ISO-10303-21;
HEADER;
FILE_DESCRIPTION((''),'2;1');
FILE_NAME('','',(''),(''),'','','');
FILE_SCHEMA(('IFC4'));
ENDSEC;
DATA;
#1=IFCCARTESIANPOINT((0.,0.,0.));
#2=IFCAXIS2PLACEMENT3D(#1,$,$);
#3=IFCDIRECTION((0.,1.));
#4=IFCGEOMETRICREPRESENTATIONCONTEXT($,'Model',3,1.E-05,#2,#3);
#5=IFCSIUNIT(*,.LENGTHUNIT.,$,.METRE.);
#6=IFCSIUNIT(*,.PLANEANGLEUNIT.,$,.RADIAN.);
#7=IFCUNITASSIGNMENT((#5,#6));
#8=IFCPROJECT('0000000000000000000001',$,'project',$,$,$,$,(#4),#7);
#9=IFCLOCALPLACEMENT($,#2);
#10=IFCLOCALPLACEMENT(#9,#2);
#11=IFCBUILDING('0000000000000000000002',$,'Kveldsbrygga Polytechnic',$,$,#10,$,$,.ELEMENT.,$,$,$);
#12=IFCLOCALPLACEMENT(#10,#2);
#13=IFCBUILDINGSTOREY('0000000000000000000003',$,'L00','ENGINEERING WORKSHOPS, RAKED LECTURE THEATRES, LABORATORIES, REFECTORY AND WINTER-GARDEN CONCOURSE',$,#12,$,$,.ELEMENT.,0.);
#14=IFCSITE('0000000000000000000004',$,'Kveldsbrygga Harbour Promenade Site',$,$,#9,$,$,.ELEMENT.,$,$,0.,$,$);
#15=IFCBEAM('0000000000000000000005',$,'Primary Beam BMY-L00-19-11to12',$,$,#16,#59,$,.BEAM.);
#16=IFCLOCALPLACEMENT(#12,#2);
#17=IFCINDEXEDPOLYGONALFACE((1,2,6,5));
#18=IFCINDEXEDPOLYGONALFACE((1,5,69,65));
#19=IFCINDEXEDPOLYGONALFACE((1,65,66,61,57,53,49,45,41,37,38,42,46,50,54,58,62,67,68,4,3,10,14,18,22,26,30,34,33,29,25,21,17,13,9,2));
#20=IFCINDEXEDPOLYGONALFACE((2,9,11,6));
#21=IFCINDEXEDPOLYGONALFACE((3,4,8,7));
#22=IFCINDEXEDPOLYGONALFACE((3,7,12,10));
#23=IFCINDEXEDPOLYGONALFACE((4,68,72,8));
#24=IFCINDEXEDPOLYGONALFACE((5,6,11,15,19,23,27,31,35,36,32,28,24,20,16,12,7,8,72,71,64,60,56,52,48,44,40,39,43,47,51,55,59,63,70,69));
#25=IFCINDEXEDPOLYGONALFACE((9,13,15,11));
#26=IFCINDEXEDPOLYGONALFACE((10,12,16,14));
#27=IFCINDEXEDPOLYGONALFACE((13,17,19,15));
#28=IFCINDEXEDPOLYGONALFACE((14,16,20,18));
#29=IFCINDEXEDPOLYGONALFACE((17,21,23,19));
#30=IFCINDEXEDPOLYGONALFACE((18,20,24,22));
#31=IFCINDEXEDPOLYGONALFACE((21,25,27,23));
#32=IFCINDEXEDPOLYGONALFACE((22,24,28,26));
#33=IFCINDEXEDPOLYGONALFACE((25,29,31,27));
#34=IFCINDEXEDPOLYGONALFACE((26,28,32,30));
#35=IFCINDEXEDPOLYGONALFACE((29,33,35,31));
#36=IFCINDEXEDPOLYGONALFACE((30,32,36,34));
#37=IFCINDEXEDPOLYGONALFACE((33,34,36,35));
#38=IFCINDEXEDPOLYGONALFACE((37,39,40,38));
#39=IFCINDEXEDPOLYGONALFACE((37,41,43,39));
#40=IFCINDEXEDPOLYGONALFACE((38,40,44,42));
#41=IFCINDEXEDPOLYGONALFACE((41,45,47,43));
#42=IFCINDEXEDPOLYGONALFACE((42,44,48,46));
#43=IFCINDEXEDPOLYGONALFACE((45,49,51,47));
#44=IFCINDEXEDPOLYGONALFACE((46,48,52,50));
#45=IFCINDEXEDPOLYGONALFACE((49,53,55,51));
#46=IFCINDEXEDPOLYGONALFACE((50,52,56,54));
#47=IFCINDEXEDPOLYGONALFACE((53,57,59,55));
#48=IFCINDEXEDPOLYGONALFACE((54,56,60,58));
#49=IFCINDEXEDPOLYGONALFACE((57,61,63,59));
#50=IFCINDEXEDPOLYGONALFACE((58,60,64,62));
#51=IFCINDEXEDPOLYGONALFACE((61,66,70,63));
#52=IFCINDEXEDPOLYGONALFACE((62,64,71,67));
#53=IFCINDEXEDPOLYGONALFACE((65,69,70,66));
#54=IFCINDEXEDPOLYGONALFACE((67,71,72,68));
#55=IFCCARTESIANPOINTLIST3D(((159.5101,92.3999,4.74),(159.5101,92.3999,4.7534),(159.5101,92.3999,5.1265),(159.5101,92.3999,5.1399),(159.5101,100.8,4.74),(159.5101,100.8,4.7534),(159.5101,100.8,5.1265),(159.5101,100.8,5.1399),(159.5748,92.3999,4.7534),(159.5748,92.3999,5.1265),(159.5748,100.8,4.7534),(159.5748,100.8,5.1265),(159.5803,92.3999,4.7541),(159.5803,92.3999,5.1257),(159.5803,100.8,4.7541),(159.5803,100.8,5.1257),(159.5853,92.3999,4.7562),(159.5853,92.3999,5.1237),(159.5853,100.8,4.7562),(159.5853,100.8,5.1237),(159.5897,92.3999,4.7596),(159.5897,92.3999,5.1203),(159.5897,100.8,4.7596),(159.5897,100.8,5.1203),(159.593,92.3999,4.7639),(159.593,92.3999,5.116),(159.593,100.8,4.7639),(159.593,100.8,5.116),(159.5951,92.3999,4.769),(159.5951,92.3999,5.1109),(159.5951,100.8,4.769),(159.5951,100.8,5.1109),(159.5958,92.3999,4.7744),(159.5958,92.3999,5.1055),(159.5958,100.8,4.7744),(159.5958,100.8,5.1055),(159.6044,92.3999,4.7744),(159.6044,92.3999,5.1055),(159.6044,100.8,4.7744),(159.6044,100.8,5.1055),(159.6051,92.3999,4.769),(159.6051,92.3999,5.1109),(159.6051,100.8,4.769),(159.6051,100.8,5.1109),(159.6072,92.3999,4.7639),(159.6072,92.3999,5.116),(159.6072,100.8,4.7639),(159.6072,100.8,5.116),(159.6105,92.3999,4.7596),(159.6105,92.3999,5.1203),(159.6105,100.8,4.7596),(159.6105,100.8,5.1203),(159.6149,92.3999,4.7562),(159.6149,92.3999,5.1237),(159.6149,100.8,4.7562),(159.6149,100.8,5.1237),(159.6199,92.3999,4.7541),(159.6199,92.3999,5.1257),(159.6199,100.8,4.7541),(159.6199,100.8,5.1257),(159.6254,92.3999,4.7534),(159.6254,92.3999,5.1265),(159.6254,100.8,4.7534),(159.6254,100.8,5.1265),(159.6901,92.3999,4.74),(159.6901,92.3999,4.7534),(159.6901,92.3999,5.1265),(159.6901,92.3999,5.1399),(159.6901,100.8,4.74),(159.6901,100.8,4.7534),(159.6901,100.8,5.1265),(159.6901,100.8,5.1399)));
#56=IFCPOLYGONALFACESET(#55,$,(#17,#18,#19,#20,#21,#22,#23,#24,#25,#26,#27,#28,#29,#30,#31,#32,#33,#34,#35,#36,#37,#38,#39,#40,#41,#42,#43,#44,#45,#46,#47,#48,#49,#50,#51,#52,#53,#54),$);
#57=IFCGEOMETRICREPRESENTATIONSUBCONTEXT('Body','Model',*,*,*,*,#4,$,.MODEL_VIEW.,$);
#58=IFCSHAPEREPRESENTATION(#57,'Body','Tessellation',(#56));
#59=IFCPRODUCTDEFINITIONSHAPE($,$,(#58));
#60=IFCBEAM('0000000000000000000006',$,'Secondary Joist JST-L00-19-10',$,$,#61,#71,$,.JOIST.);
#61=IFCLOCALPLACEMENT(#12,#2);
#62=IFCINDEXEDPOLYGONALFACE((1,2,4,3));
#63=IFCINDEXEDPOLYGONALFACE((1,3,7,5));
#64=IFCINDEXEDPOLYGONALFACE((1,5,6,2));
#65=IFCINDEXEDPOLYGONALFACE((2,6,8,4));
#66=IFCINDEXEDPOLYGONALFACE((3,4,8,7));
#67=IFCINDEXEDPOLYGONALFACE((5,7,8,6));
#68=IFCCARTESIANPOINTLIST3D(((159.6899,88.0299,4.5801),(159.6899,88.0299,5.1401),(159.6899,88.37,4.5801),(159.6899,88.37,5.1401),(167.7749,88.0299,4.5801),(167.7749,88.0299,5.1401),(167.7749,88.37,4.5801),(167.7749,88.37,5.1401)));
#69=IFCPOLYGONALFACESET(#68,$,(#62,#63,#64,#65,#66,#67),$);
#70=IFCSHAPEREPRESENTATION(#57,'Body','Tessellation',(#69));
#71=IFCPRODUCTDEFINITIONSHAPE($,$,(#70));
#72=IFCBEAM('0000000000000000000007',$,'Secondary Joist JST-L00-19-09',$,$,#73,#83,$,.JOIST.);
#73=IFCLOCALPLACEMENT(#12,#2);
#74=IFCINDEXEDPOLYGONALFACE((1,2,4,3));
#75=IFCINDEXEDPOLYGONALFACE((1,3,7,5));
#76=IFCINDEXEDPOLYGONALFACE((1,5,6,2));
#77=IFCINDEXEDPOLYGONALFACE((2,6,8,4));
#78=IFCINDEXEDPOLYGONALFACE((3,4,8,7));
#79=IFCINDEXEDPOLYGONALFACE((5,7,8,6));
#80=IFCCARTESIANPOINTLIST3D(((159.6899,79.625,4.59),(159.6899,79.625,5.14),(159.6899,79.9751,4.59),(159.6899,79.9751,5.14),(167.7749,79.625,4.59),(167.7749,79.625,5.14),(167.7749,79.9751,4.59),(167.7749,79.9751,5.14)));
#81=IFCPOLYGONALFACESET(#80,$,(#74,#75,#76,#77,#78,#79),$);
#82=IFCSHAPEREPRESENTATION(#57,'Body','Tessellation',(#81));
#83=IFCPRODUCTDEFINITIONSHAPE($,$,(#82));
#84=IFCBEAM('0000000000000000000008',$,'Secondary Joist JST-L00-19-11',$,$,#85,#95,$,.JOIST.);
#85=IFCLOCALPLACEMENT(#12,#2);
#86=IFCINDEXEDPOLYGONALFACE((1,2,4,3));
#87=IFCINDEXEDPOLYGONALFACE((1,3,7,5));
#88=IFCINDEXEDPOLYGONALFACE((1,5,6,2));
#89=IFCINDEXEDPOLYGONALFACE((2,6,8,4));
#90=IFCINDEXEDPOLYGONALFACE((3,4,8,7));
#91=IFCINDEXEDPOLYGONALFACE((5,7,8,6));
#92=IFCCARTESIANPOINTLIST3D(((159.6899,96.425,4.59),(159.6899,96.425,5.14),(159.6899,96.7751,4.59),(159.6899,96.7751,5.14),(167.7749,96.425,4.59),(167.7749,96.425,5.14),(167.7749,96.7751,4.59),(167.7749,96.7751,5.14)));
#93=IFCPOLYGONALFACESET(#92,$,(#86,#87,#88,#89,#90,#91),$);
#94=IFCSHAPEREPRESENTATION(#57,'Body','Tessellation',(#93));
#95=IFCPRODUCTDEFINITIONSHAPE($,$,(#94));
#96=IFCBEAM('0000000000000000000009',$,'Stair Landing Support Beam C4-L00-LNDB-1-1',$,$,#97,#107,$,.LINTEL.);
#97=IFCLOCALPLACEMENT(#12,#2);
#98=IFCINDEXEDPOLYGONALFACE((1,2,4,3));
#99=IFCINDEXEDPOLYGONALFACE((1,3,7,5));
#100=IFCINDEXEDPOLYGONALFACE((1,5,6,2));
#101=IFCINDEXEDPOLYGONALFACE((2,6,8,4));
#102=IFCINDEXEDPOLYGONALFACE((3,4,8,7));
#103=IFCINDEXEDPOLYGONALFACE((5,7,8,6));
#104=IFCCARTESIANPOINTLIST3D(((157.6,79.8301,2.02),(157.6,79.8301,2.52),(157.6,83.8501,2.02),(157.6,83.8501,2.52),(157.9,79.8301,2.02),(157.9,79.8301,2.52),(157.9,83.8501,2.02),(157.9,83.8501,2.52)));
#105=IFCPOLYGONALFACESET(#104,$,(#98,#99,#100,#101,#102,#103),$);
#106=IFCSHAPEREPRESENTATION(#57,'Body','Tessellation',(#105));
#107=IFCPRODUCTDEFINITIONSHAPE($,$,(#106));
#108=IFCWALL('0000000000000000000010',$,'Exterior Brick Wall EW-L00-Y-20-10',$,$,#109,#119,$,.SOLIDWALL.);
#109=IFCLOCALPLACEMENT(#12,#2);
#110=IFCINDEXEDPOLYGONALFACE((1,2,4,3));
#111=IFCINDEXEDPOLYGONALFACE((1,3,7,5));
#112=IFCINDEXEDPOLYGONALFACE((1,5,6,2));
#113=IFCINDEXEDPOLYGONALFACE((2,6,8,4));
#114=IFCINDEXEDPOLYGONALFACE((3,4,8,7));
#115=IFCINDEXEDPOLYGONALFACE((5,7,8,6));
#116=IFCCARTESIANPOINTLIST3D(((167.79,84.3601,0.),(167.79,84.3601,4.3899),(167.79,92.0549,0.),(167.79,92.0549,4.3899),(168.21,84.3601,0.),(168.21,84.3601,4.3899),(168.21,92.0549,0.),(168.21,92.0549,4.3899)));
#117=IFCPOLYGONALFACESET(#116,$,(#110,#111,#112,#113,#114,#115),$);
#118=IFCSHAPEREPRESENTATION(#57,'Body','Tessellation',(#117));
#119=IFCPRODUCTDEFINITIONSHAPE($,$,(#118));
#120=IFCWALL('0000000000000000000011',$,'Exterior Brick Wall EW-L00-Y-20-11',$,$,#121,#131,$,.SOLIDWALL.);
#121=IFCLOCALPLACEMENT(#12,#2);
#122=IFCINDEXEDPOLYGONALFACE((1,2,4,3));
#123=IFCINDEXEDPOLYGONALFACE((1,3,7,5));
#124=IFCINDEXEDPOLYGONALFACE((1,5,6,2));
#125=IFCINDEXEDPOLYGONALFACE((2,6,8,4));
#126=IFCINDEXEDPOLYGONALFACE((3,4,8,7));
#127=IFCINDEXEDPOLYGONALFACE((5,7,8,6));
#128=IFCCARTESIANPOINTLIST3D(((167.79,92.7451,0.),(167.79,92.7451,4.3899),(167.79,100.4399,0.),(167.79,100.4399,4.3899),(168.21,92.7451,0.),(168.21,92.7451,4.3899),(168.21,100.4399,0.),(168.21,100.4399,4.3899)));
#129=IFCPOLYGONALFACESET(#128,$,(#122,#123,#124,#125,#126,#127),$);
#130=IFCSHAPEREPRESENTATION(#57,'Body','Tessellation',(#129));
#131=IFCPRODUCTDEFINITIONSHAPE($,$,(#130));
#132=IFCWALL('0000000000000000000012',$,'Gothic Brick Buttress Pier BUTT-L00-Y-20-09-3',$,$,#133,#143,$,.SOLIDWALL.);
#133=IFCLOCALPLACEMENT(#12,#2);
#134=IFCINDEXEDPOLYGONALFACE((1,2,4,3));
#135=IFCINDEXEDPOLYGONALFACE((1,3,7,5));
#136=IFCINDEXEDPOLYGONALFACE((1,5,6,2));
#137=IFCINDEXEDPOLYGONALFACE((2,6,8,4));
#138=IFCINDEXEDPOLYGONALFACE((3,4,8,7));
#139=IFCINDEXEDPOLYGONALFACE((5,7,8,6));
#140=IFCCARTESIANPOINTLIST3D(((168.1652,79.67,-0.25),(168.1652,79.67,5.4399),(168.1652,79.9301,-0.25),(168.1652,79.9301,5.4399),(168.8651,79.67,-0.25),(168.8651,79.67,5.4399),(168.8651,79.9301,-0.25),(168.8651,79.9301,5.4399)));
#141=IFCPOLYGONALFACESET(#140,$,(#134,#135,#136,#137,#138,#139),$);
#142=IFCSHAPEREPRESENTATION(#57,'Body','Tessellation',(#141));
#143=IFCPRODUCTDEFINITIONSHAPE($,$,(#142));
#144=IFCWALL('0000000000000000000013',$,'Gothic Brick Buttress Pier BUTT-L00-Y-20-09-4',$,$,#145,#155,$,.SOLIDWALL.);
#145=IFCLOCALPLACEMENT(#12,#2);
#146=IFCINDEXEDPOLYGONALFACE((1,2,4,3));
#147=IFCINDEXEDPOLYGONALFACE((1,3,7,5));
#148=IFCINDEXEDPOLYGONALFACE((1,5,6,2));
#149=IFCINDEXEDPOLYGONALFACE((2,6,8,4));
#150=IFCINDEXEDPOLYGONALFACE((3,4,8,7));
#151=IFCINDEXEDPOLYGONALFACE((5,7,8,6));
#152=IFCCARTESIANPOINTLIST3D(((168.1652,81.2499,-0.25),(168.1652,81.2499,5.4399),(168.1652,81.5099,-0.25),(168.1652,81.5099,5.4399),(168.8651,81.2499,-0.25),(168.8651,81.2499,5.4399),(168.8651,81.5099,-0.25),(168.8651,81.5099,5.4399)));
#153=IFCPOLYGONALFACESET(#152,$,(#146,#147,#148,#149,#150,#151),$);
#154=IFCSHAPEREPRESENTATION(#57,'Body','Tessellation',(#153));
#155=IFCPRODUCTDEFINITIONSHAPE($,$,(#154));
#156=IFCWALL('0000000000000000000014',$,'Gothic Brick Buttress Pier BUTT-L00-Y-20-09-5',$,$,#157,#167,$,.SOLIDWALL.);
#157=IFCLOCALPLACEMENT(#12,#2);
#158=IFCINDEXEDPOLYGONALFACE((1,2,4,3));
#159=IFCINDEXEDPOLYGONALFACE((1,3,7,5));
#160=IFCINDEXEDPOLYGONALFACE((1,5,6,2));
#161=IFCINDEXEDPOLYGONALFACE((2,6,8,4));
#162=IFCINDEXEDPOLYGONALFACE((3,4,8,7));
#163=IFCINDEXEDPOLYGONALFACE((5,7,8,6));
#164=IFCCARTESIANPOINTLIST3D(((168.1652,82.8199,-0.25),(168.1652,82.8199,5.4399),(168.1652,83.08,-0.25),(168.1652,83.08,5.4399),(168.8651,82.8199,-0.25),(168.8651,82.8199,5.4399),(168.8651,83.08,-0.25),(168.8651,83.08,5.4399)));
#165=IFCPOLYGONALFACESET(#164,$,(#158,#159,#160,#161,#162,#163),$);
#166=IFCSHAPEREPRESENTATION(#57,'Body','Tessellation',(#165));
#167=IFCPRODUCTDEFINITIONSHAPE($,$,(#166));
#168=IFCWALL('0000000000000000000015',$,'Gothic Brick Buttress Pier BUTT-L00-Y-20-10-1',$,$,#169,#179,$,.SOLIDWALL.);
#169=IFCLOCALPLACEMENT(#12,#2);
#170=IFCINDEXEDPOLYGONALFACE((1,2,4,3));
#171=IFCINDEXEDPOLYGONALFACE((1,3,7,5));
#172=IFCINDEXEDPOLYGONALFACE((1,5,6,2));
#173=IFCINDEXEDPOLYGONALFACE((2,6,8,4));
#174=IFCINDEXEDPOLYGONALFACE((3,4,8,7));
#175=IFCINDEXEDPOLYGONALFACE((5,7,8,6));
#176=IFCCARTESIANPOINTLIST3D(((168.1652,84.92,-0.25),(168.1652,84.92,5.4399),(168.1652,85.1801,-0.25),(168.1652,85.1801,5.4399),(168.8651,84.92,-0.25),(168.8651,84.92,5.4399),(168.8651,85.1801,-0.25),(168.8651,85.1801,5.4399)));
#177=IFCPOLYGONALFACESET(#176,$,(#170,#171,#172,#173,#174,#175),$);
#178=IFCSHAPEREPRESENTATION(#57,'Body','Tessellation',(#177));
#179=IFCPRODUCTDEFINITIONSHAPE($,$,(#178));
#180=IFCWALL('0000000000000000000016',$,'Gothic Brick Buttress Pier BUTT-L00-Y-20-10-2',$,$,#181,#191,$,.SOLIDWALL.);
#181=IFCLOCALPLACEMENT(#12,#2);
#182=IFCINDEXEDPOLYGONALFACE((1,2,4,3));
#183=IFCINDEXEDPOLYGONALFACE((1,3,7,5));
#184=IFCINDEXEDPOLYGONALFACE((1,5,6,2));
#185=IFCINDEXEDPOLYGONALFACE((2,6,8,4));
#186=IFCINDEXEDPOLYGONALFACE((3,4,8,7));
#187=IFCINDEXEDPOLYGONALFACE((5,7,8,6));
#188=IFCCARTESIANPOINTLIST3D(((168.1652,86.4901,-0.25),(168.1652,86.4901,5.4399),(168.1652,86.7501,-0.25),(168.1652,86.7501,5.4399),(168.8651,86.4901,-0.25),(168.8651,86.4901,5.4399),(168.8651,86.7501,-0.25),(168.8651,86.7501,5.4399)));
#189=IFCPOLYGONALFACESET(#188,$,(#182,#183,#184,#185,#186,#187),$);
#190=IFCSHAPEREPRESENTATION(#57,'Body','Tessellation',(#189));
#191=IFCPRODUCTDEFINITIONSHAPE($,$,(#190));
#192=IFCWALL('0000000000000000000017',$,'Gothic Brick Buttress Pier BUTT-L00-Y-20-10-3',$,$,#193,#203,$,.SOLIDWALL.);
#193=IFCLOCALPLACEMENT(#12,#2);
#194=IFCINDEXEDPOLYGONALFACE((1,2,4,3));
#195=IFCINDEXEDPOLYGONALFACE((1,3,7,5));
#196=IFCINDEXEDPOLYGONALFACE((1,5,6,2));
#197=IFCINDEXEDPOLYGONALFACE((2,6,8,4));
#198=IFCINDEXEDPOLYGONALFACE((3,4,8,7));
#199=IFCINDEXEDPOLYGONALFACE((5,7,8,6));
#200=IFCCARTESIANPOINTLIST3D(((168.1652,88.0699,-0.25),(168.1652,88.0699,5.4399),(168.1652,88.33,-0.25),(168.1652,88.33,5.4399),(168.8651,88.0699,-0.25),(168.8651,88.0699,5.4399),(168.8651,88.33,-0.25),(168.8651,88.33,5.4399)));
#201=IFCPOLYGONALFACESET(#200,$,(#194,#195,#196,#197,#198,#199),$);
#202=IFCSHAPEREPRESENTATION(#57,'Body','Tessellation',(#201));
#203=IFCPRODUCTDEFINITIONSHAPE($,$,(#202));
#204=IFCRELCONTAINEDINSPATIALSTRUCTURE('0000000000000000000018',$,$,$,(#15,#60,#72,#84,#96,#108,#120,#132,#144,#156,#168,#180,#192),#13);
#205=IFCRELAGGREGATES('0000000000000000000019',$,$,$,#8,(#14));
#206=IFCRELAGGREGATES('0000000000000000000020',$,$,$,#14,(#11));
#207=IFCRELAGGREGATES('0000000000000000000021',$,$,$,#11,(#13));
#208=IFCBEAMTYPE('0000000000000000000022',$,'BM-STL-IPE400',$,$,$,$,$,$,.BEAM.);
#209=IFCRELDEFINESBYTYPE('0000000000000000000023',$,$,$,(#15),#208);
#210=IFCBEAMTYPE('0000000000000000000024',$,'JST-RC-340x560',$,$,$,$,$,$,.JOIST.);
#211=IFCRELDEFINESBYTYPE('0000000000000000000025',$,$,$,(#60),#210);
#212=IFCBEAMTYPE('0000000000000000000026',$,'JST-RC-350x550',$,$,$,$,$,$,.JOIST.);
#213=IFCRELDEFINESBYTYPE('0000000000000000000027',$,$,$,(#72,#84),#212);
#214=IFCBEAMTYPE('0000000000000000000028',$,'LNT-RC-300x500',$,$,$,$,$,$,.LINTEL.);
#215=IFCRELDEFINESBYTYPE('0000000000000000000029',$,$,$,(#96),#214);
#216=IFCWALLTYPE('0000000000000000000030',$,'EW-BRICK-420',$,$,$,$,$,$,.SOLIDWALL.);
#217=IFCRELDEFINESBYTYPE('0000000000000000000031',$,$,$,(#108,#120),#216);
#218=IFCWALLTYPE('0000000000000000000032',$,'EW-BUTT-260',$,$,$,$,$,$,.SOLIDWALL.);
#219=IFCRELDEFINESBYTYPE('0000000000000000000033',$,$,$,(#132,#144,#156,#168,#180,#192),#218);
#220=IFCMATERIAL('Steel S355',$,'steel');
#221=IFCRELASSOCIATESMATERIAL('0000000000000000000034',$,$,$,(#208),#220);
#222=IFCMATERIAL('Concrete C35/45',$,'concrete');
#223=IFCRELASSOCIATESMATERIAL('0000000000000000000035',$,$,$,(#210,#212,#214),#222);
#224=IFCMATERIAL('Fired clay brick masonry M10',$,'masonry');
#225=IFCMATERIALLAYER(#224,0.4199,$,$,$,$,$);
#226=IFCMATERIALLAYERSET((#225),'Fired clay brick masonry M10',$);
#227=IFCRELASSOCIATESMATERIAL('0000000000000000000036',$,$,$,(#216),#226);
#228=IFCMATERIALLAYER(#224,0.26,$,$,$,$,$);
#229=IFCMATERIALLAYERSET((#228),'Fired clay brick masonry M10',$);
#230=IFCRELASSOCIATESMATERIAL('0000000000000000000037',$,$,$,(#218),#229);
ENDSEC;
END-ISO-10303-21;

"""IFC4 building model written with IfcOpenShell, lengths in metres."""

from ifc_helpers import new_model, si_unit, direction, frame, frame_2d, origin, origin_2d, place, context, subcontext, project, spatial, rectangle, i_section, extrude, material, layer, layer_set, material_profile, profile_set, type_object, element, save


model = new_model("IFC4")

# Units and contexts
model_context = context("Model", 3, precision=1e-05, world=origin(), true_north=direction((0.0, 1.0)))
body_context = subcontext(model_context, "Body", "Model", "MODEL_VIEW")
ifc_project = project(units=[si_unit("LENGTHUNIT", "METRE"), si_unit("PLANEANGLEUNIT", "RADIAN")], contexts=[model_context])

# Site, building, storey
site_placement = place(None, origin())
site = spatial("IfcSite", under=ifc_project, at=site_placement, Name="Kveldsbrygga Harbour Promenade Site", CompositionType="ELEMENT", RefElevation=0.0)
building_placement = place(site_placement, origin())
building = spatial("IfcBuilding", under=site, at=building_placement, Name="Kveldsbrygga Polytechnic", CompositionType="ELEMENT")
storey_placement = place(building_placement, origin())
storey = spatial("IfcBuildingStorey", under=building, at=storey_placement, Name="L00", Description="ENGINEERING WORKSHOPS, RAKED LECTURE THEATRES, LABORATORIES, REFECTORY AND WINTER-GARDEN CONCOURSE", CompositionType="ELEMENT", Elevation=0.0)

# Beams
ifc_material_1 = material(Name="Concrete C35/45", Category="concrete")
ifc_material_2 = material(Name="Steel S355", Category="steel")
ifc_material_profile_1 = material_profile(ifc_material_2, i_section(OverallWidth=0.1799, OverallDepth=0.3999, WebThickness=0.0085, FlangeThickness=0.0134, FilletRadius=0.021, at=origin_2d()), Name="IPE 400")
ifc_profile_set_1 = profile_set([ifc_material_profile_1], Name="Steel S355")
beam_type_1 = type_object("IfcBeamType", Name="BM-STL-IPE400", PredefinedType="BEAM", material=ifc_profile_set_1)
beam_1_placement = place(storey_placement, frame((159.6001, 92.3999, 4.9399), z_axis=(0.0, 1.0, 0.0), x_axis=(-1.0, 0.0, 0.0)))
element("IfcBeam", 1, at=beam_1_placement, inside=storey, type_object=beam_type_1, Name="Primary Beam BMY-L00-19-11to12", PredefinedType="BEAM", context=body_context, shape_type="SweptSolid", body=[
    extrude(i_section(OverallWidth=0.1799, OverallDepth=0.3999, WebThickness=0.0085, FlangeThickness=0.0134, FilletRadius=0.021, at=origin_2d()), origin(), (0.0, 0.0, 1.0), 8.4001),
])
ifc_material_profile_2 = material_profile(ifc_material_1, rectangle(XDim=0.3401, YDim=0.5601, at=origin_2d()), Name="RC 340x560")
ifc_profile_set_2 = profile_set([ifc_material_profile_2], Name="Concrete C35/45")
beam_type_2 = type_object("IfcBeamType", Name="JST-RC-340x560", PredefinedType="JOIST", material=ifc_profile_set_2)
beam_2_placement = place(storey_placement, frame((159.6899, 88.2, 4.8601), z_axis=(1.0, 0.0, 0.0), x_axis=(0.0, 1.0, 0.0)))
element("IfcBeam", 2, at=beam_2_placement, inside=storey, type_object=beam_type_2, Name="Secondary Joist JST-L00-19-10", PredefinedType="JOIST", context=body_context, shape_type="SweptSolid", body=[
    extrude(rectangle(XDim=0.3401, YDim=0.5601, at=origin_2d()), origin(), (0.0, 0.0, 1.0), 8.085),
])
ifc_material_profile_3 = material_profile(ifc_material_1, rectangle(XDim=0.3501, YDim=0.55, at=origin_2d()), Name="RC 350x550")
ifc_profile_set_3 = profile_set([ifc_material_profile_3], Name="Concrete C35/45")
beam_type_3 = type_object("IfcBeamType", Name="JST-RC-350x550", PredefinedType="JOIST", material=ifc_profile_set_3)
for number, where, z_axis, x_axis, name in (
    (3, (159.6899, 79.8, 4.865), (1.0, 0.0, 0.0), (0.0, 1.0, 0.0), "Secondary Joist JST-L00-19-09"),
    (4, (159.6899, 96.6001, 4.865), (1.0, 0.0, 0.0), (0.0, 1.0, 0.0), "Secondary Joist JST-L00-19-11"),
):
    element("IfcBeam", number, at=place(storey_placement, frame(where, z_axis=z_axis, x_axis=x_axis)), inside=storey, type_object=beam_type_3, Name=name, PredefinedType="JOIST", context=body_context, shape_type="SweptSolid", body=[
        extrude(rectangle(XDim=0.3501, YDim=0.55, at=origin_2d()), origin(), (0.0, 0.0, 1.0), 8.085),
    ])
ifc_material_profile_4 = material_profile(ifc_material_1, rectangle(XDim=0.3, YDim=0.5, at=origin_2d()), Name="RC 300x500")
ifc_profile_set_4 = profile_set([ifc_material_profile_4], Name="Concrete C35/45")
beam_type_4 = type_object("IfcBeamType", Name="LNT-RC-300x500", PredefinedType="LINTEL", material=ifc_profile_set_4)
beam_3_placement = place(storey_placement, frame((157.75, 79.8301, 2.27), z_axis=(0.0, 1.0, 0.0), x_axis=(-1.0, 0.0, 0.0)))
element("IfcBeam", 5, at=beam_3_placement, inside=storey, type_object=beam_type_4, Name="Stair Landing Support Beam C4-L00-LNDB-1-1", PredefinedType="LINTEL", context=body_context, shape_type="SweptSolid", body=[
    extrude(rectangle(XDim=0.3, YDim=0.5, at=origin_2d()), origin(), (0.0, 0.0, 1.0), 4.02),
])

# Walls
ifc_material_3 = material(Name="Fired clay brick masonry M10", Category="masonry")
ifc_layer_1 = layer(ifc_material_3, 0.4199)
ifc_layer_set_1 = layer_set([ifc_layer_1], Name="Fired clay brick masonry M10")
wall_type_1 = type_object("IfcWallType", Name="EW-BRICK-420", PredefinedType="SOLIDWALL", material=ifc_layer_set_1)
for number, where, z_axis, x_axis, name in (
    (6, (168.0, 84.3601, 0.0), (0.0, 0.0, 1.0), (0.0, 1.0, 0.0), "Exterior Brick Wall EW-L00-Y-20-10"),
    (7, (168.0, 92.7451, 0.0), (0.0, 0.0, 1.0), (0.0, 1.0, 0.0), "Exterior Brick Wall EW-L00-Y-20-11"),
):
    element("IfcWall", number, at=place(storey_placement, frame(where, z_axis=z_axis, x_axis=x_axis)), inside=storey, type_object=wall_type_1, Name=name, PredefinedType="SOLIDWALL", context=body_context, shape_type="SweptSolid", body=[
        extrude(rectangle(XDim=7.6948, YDim=0.4199, at=frame_2d((3.8474, 0.0))), origin(), (0.0, 0.0, 1.0), 4.3899),
    ])
ifc_layer_2 = layer(ifc_material_3, 0.26)
ifc_layer_set_2 = layer_set([ifc_layer_2], Name="Fired clay brick masonry M10")
wall_type_2 = type_object("IfcWallType", Name="EW-BUTT-260", PredefinedType="SOLIDWALL", material=ifc_layer_set_2)
for number, where, z_axis, x_axis, name in (
    (8, (168.165, 79.8, -0.25), (0.0, 0.0, 1.0), (1.0, 0.0, 0.0), "Gothic Brick Buttress Pier BUTT-L00-Y-20-09-3"),
    (9, (168.165, 81.3799, -0.25), (0.0, 0.0, 1.0), (1.0, 0.0, 0.0), "Gothic Brick Buttress Pier BUTT-L00-Y-20-09-4"),
    (10, (168.165, 82.95, -0.25), (0.0, 0.0, 1.0), (1.0, 0.0, 0.0), "Gothic Brick Buttress Pier BUTT-L00-Y-20-09-5"),
    (11, (168.165, 85.05, -0.25), (0.0, 0.0, 1.0), (1.0, 0.0, 0.0), "Gothic Brick Buttress Pier BUTT-L00-Y-20-10-1"),
    (12, (168.165, 86.6201, -0.25), (0.0, 0.0, 1.0), (1.0, 0.0, 0.0), "Gothic Brick Buttress Pier BUTT-L00-Y-20-10-2"),
    (13, (168.165, 88.2, -0.25), (0.0, 0.0, 1.0), (1.0, 0.0, 0.0), "Gothic Brick Buttress Pier BUTT-L00-Y-20-10-3"),
):
    element("IfcWall", number, at=place(storey_placement, frame(where, z_axis=z_axis, x_axis=x_axis)), inside=storey, type_object=wall_type_2, Name=name, PredefinedType="SOLIDWALL", context=body_context, shape_type="SweptSolid", body=[
        extrude(rectangle(XDim=0.7, YDim=0.26, at=frame_2d((0.3501, 0.0))), origin(), (0.0, 0.0, 1.0), 5.6899),
    ])

save(model, "model.ifc")
